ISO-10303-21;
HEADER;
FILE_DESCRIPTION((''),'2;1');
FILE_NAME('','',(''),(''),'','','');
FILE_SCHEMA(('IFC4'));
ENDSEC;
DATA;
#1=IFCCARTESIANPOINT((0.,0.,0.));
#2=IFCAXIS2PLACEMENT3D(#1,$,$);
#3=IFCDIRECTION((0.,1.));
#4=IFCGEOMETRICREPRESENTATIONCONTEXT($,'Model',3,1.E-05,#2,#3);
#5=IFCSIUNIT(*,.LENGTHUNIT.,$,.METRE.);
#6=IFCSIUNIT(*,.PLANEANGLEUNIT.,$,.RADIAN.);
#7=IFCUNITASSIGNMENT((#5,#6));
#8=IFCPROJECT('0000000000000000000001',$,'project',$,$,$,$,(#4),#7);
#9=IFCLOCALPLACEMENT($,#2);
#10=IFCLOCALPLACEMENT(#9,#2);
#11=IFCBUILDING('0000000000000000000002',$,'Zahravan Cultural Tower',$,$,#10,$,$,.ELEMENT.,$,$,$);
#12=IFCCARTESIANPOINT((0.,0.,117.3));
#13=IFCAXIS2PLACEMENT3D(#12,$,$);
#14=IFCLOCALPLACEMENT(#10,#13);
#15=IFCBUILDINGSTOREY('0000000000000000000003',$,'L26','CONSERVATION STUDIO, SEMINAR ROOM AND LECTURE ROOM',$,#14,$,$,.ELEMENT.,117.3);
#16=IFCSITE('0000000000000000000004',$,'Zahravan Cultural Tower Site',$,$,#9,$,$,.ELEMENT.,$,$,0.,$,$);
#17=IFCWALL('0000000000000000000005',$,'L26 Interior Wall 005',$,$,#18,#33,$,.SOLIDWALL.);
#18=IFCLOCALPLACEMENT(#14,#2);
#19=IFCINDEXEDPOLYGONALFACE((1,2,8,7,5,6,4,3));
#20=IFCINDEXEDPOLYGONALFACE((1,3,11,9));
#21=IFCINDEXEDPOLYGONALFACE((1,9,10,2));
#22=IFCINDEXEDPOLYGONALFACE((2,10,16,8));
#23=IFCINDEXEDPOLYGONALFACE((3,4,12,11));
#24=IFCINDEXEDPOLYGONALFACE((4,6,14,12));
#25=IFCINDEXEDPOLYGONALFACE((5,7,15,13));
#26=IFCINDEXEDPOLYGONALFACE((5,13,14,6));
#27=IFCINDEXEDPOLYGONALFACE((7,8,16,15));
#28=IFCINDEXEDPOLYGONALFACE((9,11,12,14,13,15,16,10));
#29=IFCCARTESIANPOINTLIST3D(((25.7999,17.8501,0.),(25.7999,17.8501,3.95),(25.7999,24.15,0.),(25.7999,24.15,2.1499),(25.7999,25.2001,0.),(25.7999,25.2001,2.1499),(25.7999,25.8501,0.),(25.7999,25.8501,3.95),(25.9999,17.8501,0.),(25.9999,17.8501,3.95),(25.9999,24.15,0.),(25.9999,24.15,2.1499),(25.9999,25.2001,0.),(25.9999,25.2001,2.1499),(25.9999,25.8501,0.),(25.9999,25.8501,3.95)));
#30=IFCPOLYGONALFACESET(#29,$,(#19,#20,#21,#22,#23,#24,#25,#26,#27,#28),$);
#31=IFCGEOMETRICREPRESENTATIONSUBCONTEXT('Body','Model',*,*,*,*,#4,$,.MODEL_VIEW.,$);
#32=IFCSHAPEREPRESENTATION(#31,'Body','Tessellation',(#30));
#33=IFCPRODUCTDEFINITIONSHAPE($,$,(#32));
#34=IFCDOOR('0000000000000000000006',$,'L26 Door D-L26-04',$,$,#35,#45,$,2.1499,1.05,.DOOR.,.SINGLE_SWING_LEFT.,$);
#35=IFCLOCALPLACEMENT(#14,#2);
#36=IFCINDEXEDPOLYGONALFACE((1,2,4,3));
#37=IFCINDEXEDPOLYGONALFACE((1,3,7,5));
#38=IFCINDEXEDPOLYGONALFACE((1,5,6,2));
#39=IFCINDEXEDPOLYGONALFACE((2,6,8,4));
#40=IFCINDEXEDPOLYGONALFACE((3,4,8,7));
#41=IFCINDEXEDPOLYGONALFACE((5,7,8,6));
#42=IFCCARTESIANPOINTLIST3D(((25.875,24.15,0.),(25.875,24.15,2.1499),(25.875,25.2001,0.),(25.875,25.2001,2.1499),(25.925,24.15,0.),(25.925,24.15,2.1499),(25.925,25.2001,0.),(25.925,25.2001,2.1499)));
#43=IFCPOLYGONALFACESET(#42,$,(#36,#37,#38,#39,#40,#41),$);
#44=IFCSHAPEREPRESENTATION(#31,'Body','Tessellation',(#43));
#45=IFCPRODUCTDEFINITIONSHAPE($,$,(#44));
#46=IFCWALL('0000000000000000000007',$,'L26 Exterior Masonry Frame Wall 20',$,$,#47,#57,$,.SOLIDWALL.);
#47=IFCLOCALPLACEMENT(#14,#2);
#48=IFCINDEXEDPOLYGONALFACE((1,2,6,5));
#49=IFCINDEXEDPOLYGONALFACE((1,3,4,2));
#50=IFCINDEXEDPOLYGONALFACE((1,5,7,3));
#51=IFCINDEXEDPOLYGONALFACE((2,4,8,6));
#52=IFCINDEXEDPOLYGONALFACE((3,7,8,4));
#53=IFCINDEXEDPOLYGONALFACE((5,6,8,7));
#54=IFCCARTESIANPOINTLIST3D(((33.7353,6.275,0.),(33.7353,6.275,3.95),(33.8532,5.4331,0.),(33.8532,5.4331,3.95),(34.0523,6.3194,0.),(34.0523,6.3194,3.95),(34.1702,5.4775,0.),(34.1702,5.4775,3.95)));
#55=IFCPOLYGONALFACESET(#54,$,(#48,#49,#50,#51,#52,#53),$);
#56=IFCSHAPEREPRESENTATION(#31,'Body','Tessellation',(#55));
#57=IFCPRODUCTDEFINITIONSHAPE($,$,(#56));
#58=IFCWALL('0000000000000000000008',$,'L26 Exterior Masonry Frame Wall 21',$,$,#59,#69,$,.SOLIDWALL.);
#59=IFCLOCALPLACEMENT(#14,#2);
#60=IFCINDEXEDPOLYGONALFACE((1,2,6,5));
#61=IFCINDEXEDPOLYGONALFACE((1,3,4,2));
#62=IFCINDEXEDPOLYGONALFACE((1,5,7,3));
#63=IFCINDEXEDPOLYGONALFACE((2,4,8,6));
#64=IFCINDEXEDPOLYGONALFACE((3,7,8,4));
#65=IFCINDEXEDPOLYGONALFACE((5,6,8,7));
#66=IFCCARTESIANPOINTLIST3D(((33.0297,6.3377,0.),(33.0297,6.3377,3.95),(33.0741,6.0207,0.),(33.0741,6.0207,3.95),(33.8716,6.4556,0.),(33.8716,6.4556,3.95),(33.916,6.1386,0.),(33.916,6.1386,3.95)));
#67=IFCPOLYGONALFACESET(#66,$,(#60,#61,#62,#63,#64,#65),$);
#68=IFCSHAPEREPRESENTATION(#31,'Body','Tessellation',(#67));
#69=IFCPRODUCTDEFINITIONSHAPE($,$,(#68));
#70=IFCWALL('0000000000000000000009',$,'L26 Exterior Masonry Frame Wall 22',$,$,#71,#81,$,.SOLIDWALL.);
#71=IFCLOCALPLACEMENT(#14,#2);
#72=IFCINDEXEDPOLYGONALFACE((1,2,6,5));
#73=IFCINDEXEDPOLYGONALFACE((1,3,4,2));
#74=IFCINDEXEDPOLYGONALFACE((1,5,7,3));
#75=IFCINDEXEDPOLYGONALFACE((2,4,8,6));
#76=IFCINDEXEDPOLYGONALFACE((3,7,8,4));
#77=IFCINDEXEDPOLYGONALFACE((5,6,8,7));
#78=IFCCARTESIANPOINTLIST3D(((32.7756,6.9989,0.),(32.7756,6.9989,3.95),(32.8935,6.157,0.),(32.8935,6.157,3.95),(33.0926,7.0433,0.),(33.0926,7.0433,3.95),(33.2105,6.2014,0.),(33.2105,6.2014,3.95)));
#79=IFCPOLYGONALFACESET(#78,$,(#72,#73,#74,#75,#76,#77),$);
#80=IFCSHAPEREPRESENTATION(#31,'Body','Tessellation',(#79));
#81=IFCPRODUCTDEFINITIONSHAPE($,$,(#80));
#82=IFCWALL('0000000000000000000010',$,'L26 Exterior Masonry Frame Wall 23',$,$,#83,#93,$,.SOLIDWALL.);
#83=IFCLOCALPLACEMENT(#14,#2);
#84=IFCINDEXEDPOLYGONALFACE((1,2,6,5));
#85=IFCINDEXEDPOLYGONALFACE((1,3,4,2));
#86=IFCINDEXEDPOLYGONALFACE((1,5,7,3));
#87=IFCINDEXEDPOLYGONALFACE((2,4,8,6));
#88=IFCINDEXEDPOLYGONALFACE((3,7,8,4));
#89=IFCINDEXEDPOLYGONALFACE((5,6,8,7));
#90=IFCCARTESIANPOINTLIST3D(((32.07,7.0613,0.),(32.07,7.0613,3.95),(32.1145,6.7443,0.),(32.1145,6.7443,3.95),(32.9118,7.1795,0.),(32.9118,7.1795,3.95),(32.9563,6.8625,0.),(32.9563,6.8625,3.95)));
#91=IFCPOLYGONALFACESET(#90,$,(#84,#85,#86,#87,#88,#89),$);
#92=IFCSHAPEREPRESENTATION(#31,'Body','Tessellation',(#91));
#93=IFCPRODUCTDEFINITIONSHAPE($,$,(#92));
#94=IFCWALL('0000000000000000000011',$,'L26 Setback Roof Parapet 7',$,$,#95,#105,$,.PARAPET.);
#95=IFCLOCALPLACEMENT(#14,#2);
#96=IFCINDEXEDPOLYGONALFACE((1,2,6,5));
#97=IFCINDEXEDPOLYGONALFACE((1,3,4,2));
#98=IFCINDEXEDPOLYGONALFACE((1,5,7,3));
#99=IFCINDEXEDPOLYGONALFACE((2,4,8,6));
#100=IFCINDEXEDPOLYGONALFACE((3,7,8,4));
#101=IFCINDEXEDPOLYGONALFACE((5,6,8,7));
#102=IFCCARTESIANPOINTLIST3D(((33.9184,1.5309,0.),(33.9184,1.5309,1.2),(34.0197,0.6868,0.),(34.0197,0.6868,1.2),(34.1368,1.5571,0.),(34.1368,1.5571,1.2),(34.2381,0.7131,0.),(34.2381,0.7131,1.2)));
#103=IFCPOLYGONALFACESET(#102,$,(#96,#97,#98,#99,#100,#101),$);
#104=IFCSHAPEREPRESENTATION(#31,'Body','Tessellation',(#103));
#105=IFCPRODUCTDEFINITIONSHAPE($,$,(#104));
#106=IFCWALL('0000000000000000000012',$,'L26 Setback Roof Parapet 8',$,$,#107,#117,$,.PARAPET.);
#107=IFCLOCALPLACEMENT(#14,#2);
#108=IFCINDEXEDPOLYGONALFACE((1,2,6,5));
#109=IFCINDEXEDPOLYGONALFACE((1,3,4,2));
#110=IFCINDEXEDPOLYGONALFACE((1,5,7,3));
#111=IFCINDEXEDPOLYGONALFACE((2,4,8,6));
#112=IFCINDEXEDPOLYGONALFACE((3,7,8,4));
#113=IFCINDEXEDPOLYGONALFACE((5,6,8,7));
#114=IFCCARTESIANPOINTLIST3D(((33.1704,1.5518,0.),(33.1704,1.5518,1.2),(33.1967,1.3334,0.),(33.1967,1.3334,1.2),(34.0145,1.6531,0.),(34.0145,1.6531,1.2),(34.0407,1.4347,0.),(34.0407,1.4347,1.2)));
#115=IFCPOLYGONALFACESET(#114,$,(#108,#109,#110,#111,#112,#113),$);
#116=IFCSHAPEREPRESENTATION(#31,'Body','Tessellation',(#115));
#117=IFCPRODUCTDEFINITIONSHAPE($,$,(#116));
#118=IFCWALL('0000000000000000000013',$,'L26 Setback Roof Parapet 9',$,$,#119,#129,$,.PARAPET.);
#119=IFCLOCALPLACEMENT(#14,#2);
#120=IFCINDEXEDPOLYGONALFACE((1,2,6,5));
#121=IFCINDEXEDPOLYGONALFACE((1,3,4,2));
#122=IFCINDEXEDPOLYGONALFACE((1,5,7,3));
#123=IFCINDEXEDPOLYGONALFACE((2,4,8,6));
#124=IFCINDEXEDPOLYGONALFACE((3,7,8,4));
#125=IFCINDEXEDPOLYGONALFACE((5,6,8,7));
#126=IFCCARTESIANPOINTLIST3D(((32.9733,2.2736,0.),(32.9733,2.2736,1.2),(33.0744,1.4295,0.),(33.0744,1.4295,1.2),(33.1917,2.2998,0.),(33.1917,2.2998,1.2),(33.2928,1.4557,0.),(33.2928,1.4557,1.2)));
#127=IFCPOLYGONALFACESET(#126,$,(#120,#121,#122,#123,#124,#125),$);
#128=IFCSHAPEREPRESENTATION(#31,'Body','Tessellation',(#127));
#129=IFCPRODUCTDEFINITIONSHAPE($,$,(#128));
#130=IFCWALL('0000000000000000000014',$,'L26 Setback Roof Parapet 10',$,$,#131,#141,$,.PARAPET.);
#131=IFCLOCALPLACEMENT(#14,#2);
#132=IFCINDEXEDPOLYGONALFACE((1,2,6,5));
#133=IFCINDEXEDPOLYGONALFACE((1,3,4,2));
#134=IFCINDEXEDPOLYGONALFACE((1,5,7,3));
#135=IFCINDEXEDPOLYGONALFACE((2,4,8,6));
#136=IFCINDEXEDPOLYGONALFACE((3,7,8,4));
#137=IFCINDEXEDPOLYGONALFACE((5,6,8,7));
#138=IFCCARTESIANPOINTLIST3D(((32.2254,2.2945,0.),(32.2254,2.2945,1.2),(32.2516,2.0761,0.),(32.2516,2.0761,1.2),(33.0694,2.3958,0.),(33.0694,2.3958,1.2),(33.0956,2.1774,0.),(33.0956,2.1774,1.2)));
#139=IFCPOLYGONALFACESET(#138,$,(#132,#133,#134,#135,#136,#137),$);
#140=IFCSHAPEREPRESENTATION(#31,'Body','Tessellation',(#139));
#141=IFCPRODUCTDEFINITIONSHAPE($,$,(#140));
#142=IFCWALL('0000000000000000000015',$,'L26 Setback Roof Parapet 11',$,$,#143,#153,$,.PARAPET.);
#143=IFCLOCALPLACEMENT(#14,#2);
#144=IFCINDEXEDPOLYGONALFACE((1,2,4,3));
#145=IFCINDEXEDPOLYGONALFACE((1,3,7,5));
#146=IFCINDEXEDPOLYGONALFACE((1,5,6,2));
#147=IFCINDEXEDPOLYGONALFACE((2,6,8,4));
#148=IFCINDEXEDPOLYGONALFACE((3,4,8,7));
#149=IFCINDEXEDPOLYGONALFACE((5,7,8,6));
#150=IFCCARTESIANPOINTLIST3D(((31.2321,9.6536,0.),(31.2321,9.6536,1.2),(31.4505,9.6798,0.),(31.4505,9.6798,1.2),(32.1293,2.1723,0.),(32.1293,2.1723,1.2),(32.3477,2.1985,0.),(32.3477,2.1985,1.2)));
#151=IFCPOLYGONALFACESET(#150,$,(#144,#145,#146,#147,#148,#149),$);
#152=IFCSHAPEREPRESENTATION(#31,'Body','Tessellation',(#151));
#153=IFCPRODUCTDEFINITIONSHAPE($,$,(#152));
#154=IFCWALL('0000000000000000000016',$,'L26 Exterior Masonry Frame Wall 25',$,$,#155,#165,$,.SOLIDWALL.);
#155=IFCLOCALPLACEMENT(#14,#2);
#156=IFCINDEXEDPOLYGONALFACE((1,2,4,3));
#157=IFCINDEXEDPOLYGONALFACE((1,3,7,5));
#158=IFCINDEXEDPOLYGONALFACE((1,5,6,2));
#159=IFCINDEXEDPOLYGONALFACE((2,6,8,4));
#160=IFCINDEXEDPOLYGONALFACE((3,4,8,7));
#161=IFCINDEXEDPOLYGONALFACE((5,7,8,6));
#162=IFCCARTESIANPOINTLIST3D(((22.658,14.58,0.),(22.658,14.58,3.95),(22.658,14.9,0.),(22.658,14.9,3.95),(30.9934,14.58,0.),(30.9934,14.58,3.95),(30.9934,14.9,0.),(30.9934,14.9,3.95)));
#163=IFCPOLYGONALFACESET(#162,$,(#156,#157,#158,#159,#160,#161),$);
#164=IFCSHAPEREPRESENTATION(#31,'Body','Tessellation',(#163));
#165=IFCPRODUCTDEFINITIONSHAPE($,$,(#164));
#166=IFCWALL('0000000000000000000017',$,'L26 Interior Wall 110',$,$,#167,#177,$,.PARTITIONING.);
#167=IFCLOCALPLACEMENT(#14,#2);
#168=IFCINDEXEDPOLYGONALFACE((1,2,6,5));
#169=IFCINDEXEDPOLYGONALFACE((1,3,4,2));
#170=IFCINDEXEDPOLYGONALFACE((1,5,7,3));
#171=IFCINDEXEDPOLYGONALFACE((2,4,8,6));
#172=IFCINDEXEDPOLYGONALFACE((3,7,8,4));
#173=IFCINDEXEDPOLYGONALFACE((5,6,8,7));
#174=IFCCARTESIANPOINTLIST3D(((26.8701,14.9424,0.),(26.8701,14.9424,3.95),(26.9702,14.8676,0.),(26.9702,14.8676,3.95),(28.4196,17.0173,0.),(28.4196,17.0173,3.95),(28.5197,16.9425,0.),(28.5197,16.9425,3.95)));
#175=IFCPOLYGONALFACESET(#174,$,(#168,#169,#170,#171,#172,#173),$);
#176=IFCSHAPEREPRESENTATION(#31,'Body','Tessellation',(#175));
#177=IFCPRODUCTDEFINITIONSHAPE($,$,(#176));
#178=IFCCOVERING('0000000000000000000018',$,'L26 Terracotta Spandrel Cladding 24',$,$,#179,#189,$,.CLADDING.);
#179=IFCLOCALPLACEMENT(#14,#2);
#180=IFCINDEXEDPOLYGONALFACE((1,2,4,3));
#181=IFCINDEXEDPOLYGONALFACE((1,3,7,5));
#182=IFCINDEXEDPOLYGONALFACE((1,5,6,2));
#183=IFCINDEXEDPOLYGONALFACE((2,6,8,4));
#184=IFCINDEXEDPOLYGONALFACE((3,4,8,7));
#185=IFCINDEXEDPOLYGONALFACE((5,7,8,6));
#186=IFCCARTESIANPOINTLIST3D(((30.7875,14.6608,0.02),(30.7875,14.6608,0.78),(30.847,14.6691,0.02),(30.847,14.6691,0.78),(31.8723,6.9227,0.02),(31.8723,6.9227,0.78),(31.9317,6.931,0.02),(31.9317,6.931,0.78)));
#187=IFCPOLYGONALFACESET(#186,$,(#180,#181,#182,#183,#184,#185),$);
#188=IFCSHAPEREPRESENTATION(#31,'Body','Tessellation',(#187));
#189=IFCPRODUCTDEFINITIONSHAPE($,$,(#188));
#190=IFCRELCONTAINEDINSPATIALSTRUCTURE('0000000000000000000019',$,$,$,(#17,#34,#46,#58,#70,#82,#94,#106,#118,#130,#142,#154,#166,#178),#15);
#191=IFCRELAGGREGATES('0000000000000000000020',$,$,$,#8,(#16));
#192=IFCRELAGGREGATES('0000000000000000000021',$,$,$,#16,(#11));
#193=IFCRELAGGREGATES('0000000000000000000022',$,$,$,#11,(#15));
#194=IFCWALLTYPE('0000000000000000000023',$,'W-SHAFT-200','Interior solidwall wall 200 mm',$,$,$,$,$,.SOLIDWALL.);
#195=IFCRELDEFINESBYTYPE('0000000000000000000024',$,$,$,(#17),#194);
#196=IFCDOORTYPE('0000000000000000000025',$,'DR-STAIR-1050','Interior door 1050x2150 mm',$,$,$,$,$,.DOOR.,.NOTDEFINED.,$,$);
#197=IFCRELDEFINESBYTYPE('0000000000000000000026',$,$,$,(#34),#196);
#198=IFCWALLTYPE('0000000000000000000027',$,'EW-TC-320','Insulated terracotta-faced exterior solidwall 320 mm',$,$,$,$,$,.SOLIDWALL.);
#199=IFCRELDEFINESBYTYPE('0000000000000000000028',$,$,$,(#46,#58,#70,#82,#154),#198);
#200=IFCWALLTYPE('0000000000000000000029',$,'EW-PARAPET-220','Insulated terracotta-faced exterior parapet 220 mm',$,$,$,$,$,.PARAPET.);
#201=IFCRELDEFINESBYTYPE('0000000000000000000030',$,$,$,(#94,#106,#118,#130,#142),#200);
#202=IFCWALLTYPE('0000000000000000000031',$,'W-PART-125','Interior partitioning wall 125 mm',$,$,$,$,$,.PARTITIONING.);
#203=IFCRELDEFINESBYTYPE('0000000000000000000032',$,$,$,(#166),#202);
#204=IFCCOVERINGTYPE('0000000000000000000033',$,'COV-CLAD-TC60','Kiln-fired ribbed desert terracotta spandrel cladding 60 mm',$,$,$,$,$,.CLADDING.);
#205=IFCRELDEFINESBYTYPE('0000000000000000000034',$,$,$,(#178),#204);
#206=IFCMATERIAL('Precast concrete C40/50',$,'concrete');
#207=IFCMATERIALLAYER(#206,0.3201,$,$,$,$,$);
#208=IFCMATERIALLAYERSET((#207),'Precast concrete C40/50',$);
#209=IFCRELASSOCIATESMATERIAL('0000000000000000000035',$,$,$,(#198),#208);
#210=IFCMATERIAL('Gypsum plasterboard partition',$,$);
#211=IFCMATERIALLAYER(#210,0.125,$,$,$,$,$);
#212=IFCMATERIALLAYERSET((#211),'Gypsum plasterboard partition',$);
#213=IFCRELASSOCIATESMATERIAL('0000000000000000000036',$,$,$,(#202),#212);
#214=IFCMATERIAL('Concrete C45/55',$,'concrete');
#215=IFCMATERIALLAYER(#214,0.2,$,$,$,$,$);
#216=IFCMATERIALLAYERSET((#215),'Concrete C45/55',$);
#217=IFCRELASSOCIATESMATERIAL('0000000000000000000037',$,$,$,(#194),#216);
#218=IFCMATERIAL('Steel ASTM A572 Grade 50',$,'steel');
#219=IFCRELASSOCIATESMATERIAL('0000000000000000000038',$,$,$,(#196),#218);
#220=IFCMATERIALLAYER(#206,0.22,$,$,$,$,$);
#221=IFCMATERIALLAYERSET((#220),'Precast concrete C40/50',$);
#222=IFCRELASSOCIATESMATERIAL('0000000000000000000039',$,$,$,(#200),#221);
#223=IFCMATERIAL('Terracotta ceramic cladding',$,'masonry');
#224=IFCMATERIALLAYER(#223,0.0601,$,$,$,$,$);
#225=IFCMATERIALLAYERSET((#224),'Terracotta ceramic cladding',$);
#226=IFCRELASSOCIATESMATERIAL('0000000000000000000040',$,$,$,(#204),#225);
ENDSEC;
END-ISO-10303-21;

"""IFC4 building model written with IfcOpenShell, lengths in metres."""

from ifc_helpers import new_model, si_unit, direction, frame, frame_2d, origin, origin_2d, place, context, subcontext, project, spatial, rectangle, extrude, source, transform, mapped, material, layer, layer_set, type_object, element, fill, save


model = new_model("IFC4")

# Units and contexts
model_context = context("Model", 3, precision=1e-05, world=origin(), true_north=direction((0.0, 1.0)))
body_context = subcontext(model_context, "Body", "Model", "MODEL_VIEW")
ifc_project = project(units=[si_unit("LENGTHUNIT", "METRE"), si_unit("PLANEANGLEUNIT", "RADIAN")], contexts=[model_context])

# Site, building, storey
site_placement = place(None, origin())
site = spatial("IfcSite", under=ifc_project, at=site_placement, Name="Zahravan Cultural Tower Site", CompositionType="ELEMENT", RefElevation=0.0)
building_placement = place(site_placement, origin())
building = spatial("IfcBuilding", under=site, at=building_placement, Name="Zahravan Cultural Tower", CompositionType="ELEMENT")
storey_placement = place(building_placement, frame((0.0, 0.0, 117.3)))
storey = spatial("IfcBuildingStorey", under=building, at=storey_placement, Name="L26", Description="CONSERVATION STUDIO, SEMINAR ROOM AND LECTURE ROOM", CompositionType="ELEMENT", Elevation=117.3)

# Shared definitions
ifc_material_1 = material(Name="Steel ASTM A572 Grade 50", Category="steel")

# Shared definitions
ifc_material_2 = material(Name="Precast concrete C40/50", Category="concrete")
ifc_layer_1 = layer(ifc_material_2, 0.3201)
ifc_layer_set_1 = layer_set([ifc_layer_1], Name="Precast concrete C40/50")
wall_type_1 = type_object("IfcWallType", Name="EW-TC-320", Description="Insulated terracotta-faced exterior solidwall 320 mm", PredefinedType="SOLIDWALL", material=ifc_layer_set_1)

# Wall, opening, door
ifc_material_3 = material(Name="Gypsum plasterboard partition")
ifc_layer_2 = layer(ifc_material_3, 0.125)
ifc_layer_set_2 = layer_set([ifc_layer_2], Name="Gypsum plasterboard partition")
wall_type_2 = type_object("IfcWallType", Name="W-PART-125", Description="Interior partitioning wall 125 mm", PredefinedType="PARTITIONING", material=ifc_layer_set_2)
ifc_material_4 = material(Name="Concrete C45/55", Category="concrete")
ifc_layer_3 = layer(ifc_material_4, 0.2)
ifc_layer_set_3 = layer_set([ifc_layer_3], Name="Concrete C45/55")
wall_type_3 = type_object("IfcWallType", Name="W-SHAFT-200", Description="Interior solidwall wall 200 mm", PredefinedType="SOLIDWALL", material=ifc_layer_set_3)
wall_1_placement = place(storey_placement, frame((25.8999, 17.8501, 0.0), z_axis=(0.0, 0.0, 1.0), x_axis=(0.0, 1.0, 0.0)))
wall_1 = element("IfcWall", 1, at=wall_1_placement, inside=storey, type_object=wall_type_3, Name="L26 Interior Wall 005", PredefinedType="SOLIDWALL", context=body_context, shape_type="SweptSolid", body=[
    extrude(rectangle(XDim=8.0, YDim=0.2, at=frame_2d((4.0, 0.0))), origin(), (0.0, 0.0, 1.0), 3.95),
])
opening_1_placement = place(wall_1_placement, frame((6.3, 0.0, 0.0)))
opening_1 = element("IfcOpeningElement", 2, at=opening_1_placement, cuts=wall_1, PredefinedType="OPENING", context=body_context, shape_type="SweptSolid", body=[
    extrude(rectangle(XDim=1.05, YDim=2.1499, at=frame_2d((0.5249, 1.075))), frame((0.0, 0.1099, 0.0), z_axis=(0.0, -1.0, 0.0), x_axis=(1.0, 0.0, 0.0)), (0.0, 0.0, 1.0), 0.22),
])
door_type_1 = type_object("IfcDoorType", Name="DR-STAIR-1050", Description="Interior door 1050x2150 mm", OperationType="NOTDEFINED", PredefinedType="DOOR", material=ifc_material_1)
shared_shape_1 = source(origin(), body_context, "Body", "SweptSolid", [
    extrude(rectangle(XDim=1.05, YDim=2.1499, at=frame_2d((0.5249, 1.075))), frame((0.0, 0.0249, 0.0), z_axis=(0.0, -1.0, 0.0), x_axis=(1.0, 0.0, 0.0)), (0.0, 0.0, 1.0), 0.05),
])
door_1_placement = place(opening_1_placement, origin())
door_1 = element("IfcDoor", 3, at=door_1_placement, inside=storey, type_object=door_type_1, Name="L26 Door D-L26-04", OperationType="SINGLE_SWING_LEFT", OverallHeight=2.1499, OverallWidth=1.05, PredefinedType="DOOR", context=body_context, shape_type="MappedRepresentation", body=[
    mapped(shared_shape_1, transform((0.0, 0.0, 0.0), x_axis=(1.0, 0.0, 0.0), y_axis=(0.0, 1.0, 0.0), z_axis=(0.0, 0.0, 1.0), scale=1.0)),
])
fill(opening_1, door_1)

# Walls
shared_shape_2 = source(origin(), body_context, "Body", "SweptSolid", [
    extrude(rectangle(XDim=0.8501, YDim=0.3201, at=frame_2d((0.425, 0.0))), origin(), (0.0, 0.0, 1.0), 3.95),
])
for number, where, z_axis, x_axis, name in (
    (4, (34.0117, 5.4553, 0.0), (0.0, 0.0, 1.0), (-0.138727, 0.990331, 0.0), "L26 Exterior Masonry Frame Wall 20"),
    (5, (33.8938, 6.2971, 0.0), (0.0, 0.0, 1.0), (-0.990331, -0.138727, 0.0), "L26 Exterior Masonry Frame Wall 21"),
    (6, (33.052, 6.1792, 0.0), (0.0, 0.0, 1.0), (-0.138727, 0.990331, 0.0), "L26 Exterior Masonry Frame Wall 22"),
    (7, (32.9341, 7.021, 0.0), (0.0, 0.0, 1.0), (-0.990291, -0.139008, 0.0), "L26 Exterior Masonry Frame Wall 23"),
):
    element("IfcWall", number, at=place(storey_placement, frame(where, z_axis=z_axis, x_axis=x_axis)), inside=storey, type_object=wall_type_1, Name=name, PredefinedType="SOLIDWALL", context=body_context, shape_type="MappedRepresentation", body=[
        mapped(shared_shape_2, transform((0.0, 0.0, 0.0), x_axis=(1.0, 0.0, 0.0), y_axis=(0.0, 1.0, 0.0), z_axis=(0.0, 0.0, 1.0), scale=1.0)),
    ])
ifc_layer_4 = layer(ifc_material_2, 0.22)
ifc_layer_set_4 = layer_set([ifc_layer_4], Name="Precast concrete C40/50")
wall_type_4 = type_object("IfcWallType", Name="EW-PARAPET-220", Description="Insulated terracotta-faced exterior parapet 220 mm", PredefinedType="PARAPET", material=ifc_layer_set_4)
shared_shape_3 = source(origin(), body_context, "Body", "SweptSolid", [
    extrude(rectangle(XDim=0.8501, YDim=0.22, at=frame_2d((0.425, 0.0))), origin(), (0.0, 0.0, 1.0), 1.2),
])
for number, where, z_axis, x_axis, name in (
    (8, (34.1289, 0.7, 0.0), (0.0, 0.0, 1.0), (-0.119191, 0.992871, 0.0), "L26 Setback Roof Parapet 7"),
    (9, (34.0276, 1.5439, 0.0), (0.0, 0.0, 1.0), (-0.992871, -0.119191, 0.0), "L26 Setback Roof Parapet 8"),
    (10, (33.1836, 1.4426, 0.0), (0.0, 0.0, 1.0), (-0.118907, 0.992905, 0.0), "L26 Setback Roof Parapet 9"),
    (11, (33.0825, 2.2866, 0.0), (0.0, 0.0, 1.0), (-0.992871, -0.119191, 0.0), "L26 Setback Roof Parapet 10"),
):
    element("IfcWall", number, at=place(storey_placement, frame(where, z_axis=z_axis, x_axis=x_axis)), inside=storey, type_object=wall_type_4, Name=name, PredefinedType="PARAPET", context=body_context, shape_type="MappedRepresentation", body=[
        mapped(shared_shape_3, transform((0.0, 0.0, 0.0), x_axis=(1.0, 0.0, 0.0), y_axis=(0.0, 1.0, 0.0), z_axis=(0.0, 0.0, 1.0), scale=1.0)),
    ])
shared_shape_4 = source(origin(), body_context, "Body", "SweptSolid", [
    extrude(rectangle(XDim=7.5349, YDim=0.22, at=frame_2d((3.7676, 0.0))), origin(), (0.0, 0.0, 1.0), 1.2),
])
wall_2_placement = place(storey_placement, frame((32.2385, 2.1853, 0.0), z_axis=(0.0, 0.0, 1.0), x_axis=(-0.119076, 0.992885, 0.0)))
element("IfcWall", 12, at=wall_2_placement, inside=storey, type_object=wall_type_4, Name="L26 Setback Roof Parapet 11", PredefinedType="PARAPET", context=body_context, shape_type="MappedRepresentation", body=[
    mapped(shared_shape_4, transform((0.0, 0.0, 0.0), x_axis=(1.0, 0.0, 0.0), y_axis=(0.0, 1.0, 0.0), z_axis=(0.0, 0.0, 1.0), scale=1.0)),
])
shared_shape_5 = source(origin(), body_context, "Body", "SweptSolid", [
    extrude(rectangle(XDim=8.3354, YDim=0.3201, at=frame_2d((4.1677, 0.0))), origin(), (0.0, 0.0, 1.0), 3.95),
])
wall_3_placement = place(storey_placement, frame((30.9934, 14.74, 0.0), z_axis=(0.0, 0.0, 1.0), x_axis=(-1.0, 0.0, 0.0)))
element("IfcWall", 13, at=wall_3_placement, inside=storey, type_object=wall_type_1, Name="L26 Exterior Masonry Frame Wall 25", PredefinedType="SOLIDWALL", context=body_context, shape_type="MappedRepresentation", body=[
    mapped(shared_shape_5, transform((0.0, 0.0, 0.0), x_axis=(1.0, 0.0, 0.0), y_axis=(0.0, 1.0, 0.0), z_axis=(0.0, 0.0, 1.0), scale=1.0)),
])
shared_shape_6 = source(origin(), body_context, "Body", "SweptSolid", [
    extrude(rectangle(XDim=2.5896, YDim=0.125, at=frame_2d((1.2949, 0.0))), origin(), (0.0, 0.0, 1.0), 3.95),
])
wall_4_placement = place(storey_placement, frame((28.4697, 16.98, 0.0), z_axis=(0.0, 0.0, 1.0), x_axis=(-0.598355, -0.801231, 0.0)))
element("IfcWall", 14, at=wall_4_placement, inside=storey, type_object=wall_type_2, Name="L26 Interior Wall 110", PredefinedType="PARTITIONING", context=body_context, shape_type="MappedRepresentation", body=[
    mapped(shared_shape_6, transform((0.0, 0.0, 0.0), x_axis=(1.0, 0.0, 0.0), y_axis=(0.0, 1.0, 0.0), z_axis=(0.0, 0.0, 1.0), scale=1.0)),
])

# Covering
ifc_material_5 = material(Name="Terracotta ceramic cladding", Category="masonry")
ifc_layer_5 = layer(ifc_material_5, 0.0601)
ifc_layer_set_5 = layer_set([ifc_layer_5], Name="Terracotta ceramic cladding")
covering_type = type_object("IfcCoveringType", Name="COV-CLAD-TC60", Description="Kiln-fired ribbed desert terracotta spandrel cladding 60 mm", PredefinedType="CLADDING", material=ifc_layer_set_5)
shared_shape_7 = source(origin(), body_context, "Body", "SweptSolid", [
    extrude(rectangle(XDim=7.8137, YDim=0.0601, at=origin_2d()), origin(), (0.0, 0.0, 1.0), 0.76),
])
covering_1_placement = place(storey_placement, frame((31.3596, 10.7959, 0.02), z_axis=(0.0, 0.0, 1.0), x_axis=(-0.138827, 0.990317, 0.0)))
element("IfcCovering", 15, at=covering_1_placement, inside=storey, type_object=covering_type, Name="L26 Terracotta Spandrel Cladding 24", PredefinedType="CLADDING", context=body_context, shape_type="MappedRepresentation", body=[
    mapped(shared_shape_7, transform((0.0, 0.0, 0.0), x_axis=(1.0, 0.0, 0.0), y_axis=(0.0, 1.0, 0.0), z_axis=(0.0, 0.0, 1.0), scale=1.0)),
])

save(model, "model.ifc")
